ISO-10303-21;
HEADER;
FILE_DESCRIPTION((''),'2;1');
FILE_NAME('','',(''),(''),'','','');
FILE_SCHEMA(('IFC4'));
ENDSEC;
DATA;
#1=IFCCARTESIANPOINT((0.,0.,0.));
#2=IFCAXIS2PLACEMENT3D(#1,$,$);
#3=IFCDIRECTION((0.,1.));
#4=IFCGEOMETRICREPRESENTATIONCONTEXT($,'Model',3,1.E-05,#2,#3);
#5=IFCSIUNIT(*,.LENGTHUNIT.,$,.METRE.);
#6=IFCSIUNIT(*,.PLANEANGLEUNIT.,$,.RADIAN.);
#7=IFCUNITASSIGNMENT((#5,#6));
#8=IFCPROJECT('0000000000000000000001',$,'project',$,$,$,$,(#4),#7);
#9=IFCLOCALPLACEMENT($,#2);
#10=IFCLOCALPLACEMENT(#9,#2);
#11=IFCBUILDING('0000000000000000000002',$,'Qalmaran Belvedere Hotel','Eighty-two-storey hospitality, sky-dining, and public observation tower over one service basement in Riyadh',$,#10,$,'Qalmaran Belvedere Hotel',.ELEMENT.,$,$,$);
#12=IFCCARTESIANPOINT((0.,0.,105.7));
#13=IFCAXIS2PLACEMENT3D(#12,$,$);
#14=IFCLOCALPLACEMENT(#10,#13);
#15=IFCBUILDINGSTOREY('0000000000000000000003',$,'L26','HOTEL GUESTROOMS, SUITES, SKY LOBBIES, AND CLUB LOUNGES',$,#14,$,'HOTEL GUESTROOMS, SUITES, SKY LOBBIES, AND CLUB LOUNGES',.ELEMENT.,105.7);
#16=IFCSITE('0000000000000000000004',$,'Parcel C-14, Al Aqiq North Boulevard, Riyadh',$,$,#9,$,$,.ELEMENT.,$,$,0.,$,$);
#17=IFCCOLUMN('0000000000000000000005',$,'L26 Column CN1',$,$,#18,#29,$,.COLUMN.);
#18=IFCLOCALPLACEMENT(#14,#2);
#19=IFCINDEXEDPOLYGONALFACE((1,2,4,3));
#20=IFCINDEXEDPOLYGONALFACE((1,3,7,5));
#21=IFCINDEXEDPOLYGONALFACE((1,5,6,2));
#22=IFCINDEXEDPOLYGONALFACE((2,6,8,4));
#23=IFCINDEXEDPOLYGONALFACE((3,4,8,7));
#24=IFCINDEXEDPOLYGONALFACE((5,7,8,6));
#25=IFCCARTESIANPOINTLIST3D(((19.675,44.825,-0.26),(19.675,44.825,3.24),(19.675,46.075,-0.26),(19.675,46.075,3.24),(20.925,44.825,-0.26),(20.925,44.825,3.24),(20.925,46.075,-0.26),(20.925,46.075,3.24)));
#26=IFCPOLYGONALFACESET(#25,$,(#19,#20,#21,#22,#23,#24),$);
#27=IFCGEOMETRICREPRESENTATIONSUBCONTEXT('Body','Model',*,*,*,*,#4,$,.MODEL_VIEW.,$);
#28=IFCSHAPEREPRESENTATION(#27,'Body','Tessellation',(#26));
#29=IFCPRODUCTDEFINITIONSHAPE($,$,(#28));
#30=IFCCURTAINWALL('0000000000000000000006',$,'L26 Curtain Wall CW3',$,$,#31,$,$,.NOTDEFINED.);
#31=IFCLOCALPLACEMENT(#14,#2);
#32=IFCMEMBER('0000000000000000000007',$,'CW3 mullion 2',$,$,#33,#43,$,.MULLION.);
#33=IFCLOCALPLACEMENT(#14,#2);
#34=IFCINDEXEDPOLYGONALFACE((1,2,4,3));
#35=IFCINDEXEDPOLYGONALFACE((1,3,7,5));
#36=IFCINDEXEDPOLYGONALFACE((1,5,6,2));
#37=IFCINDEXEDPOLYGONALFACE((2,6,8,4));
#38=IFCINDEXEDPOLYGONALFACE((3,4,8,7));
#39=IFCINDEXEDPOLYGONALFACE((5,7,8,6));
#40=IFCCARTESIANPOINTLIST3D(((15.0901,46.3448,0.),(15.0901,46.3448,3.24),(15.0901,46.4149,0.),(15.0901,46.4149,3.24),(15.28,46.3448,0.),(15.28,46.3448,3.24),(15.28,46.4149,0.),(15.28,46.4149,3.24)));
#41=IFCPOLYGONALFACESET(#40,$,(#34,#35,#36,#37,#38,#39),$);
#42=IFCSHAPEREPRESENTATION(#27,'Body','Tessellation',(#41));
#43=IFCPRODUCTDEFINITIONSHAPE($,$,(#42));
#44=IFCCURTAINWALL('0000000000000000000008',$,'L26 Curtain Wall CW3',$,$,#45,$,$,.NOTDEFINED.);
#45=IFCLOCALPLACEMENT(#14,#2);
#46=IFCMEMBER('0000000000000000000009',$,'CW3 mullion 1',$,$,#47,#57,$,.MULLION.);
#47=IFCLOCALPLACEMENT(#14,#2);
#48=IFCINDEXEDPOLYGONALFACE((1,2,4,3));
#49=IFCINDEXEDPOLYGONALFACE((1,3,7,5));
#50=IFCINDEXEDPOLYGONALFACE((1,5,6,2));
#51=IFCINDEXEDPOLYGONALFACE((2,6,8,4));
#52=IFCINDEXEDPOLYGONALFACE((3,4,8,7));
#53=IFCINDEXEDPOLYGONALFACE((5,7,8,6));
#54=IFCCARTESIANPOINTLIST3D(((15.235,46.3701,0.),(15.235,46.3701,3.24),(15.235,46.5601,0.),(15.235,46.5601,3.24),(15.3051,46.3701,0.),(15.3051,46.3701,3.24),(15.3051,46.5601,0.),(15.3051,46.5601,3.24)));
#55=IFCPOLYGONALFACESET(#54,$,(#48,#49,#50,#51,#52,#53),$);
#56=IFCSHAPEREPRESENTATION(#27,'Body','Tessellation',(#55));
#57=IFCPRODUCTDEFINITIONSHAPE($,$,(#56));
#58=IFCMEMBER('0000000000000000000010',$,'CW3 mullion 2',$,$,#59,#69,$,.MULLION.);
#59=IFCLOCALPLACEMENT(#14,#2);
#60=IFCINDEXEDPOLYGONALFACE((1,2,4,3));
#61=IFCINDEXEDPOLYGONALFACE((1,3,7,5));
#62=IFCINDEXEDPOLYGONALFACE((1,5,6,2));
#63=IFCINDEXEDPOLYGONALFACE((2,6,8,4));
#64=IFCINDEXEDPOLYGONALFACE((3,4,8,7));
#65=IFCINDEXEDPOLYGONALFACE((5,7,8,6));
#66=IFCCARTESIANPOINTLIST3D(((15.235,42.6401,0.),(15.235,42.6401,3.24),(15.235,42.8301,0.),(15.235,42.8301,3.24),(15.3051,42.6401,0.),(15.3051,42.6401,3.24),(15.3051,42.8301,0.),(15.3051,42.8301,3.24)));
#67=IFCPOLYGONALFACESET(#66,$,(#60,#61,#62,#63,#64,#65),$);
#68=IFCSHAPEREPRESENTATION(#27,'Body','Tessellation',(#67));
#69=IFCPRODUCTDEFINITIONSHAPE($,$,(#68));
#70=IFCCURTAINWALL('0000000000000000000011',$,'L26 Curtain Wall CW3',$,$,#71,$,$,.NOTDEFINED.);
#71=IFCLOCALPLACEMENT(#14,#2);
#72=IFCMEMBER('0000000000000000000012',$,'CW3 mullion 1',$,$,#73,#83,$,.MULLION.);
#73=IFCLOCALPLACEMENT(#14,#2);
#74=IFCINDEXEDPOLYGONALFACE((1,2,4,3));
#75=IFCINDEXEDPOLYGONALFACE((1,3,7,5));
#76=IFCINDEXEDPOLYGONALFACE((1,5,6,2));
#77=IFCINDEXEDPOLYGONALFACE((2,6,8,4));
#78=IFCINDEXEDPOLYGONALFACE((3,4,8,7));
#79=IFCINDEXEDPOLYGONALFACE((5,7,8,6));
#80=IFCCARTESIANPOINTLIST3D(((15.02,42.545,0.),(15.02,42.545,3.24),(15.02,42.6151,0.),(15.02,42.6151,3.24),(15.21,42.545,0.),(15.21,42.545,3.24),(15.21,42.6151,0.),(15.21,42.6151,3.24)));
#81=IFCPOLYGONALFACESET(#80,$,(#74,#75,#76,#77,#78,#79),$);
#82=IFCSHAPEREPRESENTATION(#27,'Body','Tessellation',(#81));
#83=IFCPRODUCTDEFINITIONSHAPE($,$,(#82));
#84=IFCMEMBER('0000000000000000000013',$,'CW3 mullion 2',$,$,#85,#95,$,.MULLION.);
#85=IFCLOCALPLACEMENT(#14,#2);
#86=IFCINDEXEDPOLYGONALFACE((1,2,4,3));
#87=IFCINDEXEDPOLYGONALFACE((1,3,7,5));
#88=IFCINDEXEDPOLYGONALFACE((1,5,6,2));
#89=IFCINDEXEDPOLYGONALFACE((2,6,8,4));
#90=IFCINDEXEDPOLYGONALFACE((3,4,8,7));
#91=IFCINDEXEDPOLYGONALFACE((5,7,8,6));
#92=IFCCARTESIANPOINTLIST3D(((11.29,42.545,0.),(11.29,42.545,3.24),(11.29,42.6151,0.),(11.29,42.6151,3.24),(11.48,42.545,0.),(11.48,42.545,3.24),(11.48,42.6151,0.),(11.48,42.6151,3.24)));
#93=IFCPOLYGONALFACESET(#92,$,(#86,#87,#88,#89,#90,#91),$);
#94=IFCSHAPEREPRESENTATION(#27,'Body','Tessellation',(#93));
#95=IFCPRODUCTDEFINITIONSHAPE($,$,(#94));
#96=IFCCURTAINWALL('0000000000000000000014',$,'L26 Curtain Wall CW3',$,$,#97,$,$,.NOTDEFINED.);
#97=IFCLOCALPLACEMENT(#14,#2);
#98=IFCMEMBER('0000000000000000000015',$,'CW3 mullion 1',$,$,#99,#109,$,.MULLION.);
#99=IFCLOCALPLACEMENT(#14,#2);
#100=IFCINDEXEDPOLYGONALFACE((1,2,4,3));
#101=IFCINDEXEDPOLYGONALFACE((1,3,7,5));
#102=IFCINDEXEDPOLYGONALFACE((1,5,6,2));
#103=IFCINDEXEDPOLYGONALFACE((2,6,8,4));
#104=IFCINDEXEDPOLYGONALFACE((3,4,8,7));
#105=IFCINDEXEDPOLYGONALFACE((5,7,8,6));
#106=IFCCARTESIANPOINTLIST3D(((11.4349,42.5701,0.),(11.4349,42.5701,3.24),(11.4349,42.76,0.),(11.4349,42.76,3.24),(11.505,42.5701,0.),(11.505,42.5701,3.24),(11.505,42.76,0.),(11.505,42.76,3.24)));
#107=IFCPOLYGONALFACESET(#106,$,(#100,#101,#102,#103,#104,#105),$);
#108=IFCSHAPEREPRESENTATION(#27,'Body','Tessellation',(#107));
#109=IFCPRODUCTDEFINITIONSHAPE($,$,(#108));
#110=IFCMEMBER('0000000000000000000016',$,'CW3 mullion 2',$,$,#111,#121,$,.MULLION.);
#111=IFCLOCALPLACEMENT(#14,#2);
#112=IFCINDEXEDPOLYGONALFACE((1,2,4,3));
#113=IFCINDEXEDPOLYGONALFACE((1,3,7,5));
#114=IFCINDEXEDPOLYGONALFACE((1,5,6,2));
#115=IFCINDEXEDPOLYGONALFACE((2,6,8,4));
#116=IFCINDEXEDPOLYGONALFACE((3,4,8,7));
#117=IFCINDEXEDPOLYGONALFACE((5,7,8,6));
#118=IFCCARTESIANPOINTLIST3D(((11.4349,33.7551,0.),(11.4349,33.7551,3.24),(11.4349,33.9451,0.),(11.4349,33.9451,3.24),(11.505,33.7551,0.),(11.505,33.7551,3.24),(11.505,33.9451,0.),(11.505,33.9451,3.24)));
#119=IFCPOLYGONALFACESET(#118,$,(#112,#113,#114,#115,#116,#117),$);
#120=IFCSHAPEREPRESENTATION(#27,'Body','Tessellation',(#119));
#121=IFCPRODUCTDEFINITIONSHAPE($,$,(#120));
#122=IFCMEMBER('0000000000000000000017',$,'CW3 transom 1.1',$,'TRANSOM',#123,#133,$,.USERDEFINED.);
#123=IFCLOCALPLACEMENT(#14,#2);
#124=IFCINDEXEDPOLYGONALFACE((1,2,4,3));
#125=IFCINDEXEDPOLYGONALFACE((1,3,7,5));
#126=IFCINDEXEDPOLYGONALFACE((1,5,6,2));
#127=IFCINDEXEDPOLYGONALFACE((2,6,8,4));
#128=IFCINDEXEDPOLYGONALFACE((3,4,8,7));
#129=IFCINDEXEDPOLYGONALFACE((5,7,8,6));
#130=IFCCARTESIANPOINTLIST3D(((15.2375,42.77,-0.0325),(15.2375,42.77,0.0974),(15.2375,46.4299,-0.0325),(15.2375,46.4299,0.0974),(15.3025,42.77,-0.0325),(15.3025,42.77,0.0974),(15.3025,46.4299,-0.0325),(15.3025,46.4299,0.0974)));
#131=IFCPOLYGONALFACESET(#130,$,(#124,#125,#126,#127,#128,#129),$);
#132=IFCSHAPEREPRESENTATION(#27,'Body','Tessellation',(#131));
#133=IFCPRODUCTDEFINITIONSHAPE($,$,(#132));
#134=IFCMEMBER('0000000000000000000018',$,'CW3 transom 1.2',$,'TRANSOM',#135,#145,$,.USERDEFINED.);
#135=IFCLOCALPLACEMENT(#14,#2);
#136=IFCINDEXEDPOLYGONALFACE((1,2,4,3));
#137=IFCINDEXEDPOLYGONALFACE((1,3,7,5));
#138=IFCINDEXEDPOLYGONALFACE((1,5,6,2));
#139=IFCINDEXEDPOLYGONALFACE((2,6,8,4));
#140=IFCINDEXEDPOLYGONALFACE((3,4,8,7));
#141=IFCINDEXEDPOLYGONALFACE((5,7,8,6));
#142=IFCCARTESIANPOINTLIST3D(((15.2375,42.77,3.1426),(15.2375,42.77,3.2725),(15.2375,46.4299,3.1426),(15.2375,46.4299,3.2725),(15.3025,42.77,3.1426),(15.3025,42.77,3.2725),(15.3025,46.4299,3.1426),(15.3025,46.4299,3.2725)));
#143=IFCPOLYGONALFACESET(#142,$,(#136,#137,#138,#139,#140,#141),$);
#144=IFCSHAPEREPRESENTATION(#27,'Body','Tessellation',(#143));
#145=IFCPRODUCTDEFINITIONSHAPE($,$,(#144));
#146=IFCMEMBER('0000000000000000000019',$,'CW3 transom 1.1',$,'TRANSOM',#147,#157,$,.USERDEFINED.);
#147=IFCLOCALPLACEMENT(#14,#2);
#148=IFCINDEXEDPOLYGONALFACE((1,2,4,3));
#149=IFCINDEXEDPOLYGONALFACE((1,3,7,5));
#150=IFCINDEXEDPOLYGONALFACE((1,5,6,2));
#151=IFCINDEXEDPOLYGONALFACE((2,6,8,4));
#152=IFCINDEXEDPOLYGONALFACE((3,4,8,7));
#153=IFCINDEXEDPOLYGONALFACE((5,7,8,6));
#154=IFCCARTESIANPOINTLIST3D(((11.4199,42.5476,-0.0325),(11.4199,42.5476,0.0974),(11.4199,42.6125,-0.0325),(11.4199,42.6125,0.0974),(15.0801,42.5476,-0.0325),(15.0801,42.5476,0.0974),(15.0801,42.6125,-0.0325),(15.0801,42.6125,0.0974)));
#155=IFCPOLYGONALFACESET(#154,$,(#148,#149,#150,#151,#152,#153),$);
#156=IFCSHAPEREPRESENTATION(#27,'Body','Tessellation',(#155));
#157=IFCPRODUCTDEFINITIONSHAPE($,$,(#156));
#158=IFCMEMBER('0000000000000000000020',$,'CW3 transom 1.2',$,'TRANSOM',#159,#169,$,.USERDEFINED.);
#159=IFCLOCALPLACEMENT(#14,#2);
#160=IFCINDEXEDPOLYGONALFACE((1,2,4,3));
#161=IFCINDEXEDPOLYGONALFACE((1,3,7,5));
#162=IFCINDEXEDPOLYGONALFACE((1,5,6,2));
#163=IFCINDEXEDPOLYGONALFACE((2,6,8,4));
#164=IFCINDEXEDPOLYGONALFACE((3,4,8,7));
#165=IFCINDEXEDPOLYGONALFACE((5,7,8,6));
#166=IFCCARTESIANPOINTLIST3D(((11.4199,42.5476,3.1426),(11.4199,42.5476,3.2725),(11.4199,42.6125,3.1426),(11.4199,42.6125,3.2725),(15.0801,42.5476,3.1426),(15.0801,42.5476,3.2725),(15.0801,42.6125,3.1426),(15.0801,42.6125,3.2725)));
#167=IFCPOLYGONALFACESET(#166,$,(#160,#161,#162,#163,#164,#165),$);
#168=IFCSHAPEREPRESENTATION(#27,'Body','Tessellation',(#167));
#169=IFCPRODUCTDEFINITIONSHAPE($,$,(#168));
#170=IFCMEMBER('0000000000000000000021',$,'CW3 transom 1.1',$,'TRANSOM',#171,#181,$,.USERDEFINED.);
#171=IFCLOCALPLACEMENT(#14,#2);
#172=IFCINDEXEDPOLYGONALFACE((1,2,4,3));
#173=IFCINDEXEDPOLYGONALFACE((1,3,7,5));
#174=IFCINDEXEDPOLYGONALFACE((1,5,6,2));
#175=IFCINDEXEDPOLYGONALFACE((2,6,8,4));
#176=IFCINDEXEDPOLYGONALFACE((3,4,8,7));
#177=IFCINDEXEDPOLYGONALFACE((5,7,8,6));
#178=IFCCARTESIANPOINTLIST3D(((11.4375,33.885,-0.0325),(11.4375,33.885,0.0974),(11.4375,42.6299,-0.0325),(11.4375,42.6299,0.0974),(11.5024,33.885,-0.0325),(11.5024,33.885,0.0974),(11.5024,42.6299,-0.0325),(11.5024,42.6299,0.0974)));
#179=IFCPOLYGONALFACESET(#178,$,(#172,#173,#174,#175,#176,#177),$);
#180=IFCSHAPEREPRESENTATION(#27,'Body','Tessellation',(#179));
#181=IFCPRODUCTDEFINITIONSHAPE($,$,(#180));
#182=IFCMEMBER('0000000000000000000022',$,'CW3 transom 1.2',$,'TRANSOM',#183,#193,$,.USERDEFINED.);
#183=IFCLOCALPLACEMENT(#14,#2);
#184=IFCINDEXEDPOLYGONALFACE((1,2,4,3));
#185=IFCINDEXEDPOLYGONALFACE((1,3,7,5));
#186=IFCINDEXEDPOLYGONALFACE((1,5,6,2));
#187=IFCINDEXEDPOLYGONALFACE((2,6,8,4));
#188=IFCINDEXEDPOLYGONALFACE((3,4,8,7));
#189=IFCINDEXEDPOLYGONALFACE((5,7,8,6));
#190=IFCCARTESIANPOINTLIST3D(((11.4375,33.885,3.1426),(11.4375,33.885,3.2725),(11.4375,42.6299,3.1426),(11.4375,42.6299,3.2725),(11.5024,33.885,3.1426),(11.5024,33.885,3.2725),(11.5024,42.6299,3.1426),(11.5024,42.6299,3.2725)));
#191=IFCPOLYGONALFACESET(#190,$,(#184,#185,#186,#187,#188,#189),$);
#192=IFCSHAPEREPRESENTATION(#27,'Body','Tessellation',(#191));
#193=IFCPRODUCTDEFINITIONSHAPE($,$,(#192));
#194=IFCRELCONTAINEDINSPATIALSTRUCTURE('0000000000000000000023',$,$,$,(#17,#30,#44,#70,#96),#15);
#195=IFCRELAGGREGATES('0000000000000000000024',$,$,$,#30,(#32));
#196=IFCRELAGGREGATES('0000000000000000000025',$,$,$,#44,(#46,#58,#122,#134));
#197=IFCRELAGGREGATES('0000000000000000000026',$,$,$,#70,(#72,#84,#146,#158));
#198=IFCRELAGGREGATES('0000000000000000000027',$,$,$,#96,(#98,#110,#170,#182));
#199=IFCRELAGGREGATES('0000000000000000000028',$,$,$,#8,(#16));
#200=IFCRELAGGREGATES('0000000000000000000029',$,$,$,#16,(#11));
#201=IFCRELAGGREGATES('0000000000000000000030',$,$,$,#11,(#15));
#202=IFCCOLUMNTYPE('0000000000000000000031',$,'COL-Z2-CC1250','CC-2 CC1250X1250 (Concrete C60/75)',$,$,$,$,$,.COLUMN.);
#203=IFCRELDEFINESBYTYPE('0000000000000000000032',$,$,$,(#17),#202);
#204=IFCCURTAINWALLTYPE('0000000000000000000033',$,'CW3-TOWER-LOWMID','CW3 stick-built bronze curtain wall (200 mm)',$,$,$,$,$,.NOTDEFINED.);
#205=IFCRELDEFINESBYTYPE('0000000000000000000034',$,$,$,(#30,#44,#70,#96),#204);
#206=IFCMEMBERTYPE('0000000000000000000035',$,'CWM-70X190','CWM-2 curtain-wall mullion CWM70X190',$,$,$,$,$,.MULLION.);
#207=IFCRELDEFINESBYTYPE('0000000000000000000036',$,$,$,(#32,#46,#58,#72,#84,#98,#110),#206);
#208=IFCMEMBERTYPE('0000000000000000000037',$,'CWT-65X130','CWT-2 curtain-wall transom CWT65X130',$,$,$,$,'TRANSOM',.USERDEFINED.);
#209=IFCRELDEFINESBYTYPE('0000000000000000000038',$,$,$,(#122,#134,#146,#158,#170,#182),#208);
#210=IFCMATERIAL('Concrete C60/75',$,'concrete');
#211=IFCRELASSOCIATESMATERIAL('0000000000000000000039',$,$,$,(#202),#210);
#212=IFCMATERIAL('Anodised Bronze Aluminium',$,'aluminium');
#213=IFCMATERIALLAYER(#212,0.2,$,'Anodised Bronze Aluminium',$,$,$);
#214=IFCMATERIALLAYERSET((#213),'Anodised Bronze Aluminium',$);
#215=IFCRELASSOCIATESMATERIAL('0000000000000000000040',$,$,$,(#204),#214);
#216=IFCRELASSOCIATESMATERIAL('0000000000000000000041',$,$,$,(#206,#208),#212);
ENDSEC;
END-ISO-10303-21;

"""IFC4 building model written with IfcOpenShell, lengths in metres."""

from ifc_helpers import new_model, si_unit, direction, frame, origin, origin_2d, place, context, subcontext, project, spatial, rectangle, extrude, material, layer, layer_set, material_profile, profile_set, type_object, element, aggregate, save


model = new_model("IFC4")

# Units and contexts
model_context = context("Model", 3, precision=1e-05, world=origin(), true_north=direction((0.0, 1.0)))
body_context = subcontext(model_context, "Body", "Model", "MODEL_VIEW")
ifc_project = project(units=[si_unit("LENGTHUNIT", "METRE"), si_unit("PLANEANGLEUNIT", "RADIAN")], contexts=[model_context])

# Site, building, storey
site_placement = place(None, origin())
site = spatial("IfcSite", under=ifc_project, at=site_placement, Name="Parcel C-14, Al Aqiq North Boulevard, Riyadh", CompositionType="ELEMENT", RefElevation=0.0)
building_placement = place(site_placement, origin())
building = spatial("IfcBuilding", under=site, at=building_placement, Name="Qalmaran Belvedere Hotel", Description="Eighty-two-storey hospitality, sky-dining, and public observation tower over one service basement in Riyadh", LongName="Qalmaran Belvedere Hotel", CompositionType="ELEMENT")
storey_placement = place(building_placement, frame((0.0, 0.0, 105.7)))
storey = spatial("IfcBuildingStorey", under=building, at=storey_placement, Name="L26", Description="HOTEL GUESTROOMS, SUITES, SKY LOBBIES, AND CLUB LOUNGES", LongName="HOTEL GUESTROOMS, SUITES, SKY LOBBIES, AND CLUB LOUNGES", CompositionType="ELEMENT", Elevation=105.7)

# Column
ifc_material_1 = material(Name="Concrete C60/75", Category="concrete")
ifc_material_profile_1 = material_profile(ifc_material_1, rectangle(XDim=1.25, YDim=1.25, at=origin_2d()), Name="CC1250X1250")
ifc_profile_set_1 = profile_set([ifc_material_profile_1], Name="Concrete C60/75")
column_type = type_object("IfcColumnType", Name="COL-Z2-CC1250", Description="CC-2 CC1250X1250 (Concrete C60/75)", PredefinedType="COLUMN", material=ifc_profile_set_1)
column_placement = place(storey_placement, frame((20.3, 45.45, -0.26), z_axis=(0.0, 0.0, 1.0), x_axis=(1.0, 0.0, 0.0)))
element("IfcColumn", 1, at=column_placement, inside=storey, type_object=column_type, Name="L26 Column CN1", PredefinedType="COLUMN", context=body_context, shape_type="SweptSolid", body=[
    extrude(rectangle(XDim=1.25, YDim=1.25, at=origin_2d()), origin(), (0.0, 0.0, 1.0), 3.5),
])

# Curtain wall, member
ifc_material_2 = material(Name="Anodised Bronze Aluminium", Category="aluminium")
ifc_layer_1 = layer(ifc_material_2, 0.2, Name="Anodised Bronze Aluminium")
ifc_layer_set_1 = layer_set([ifc_layer_1], Name="Anodised Bronze Aluminium")
curtain_wall_type = type_object("IfcCurtainWallType", Name="CW3-TOWER-LOWMID", Description="CW3 stick-built bronze curtain wall (200 mm)", PredefinedType="NOTDEFINED", material=ifc_layer_set_1)
curtain_wall_1_placement = place(storey_placement, origin())
curtain_wall_1 = element("IfcCurtainWall", 2, at=curtain_wall_1_placement, inside=storey, type_object=curtain_wall_type, Name="L26 Curtain Wall CW3", PredefinedType="NOTDEFINED")
ifc_material_profile_2 = material_profile(ifc_material_2, rectangle(XDim=0.0701, YDim=0.1899, at=origin_2d()), Name="CWM70X190")
ifc_profile_set_2 = profile_set([ifc_material_profile_2], Name="Anodised Bronze Aluminium")
member_type_1 = type_object("IfcMemberType", Name="CWM-70X190", Description="CWM-2 curtain-wall mullion CWM70X190", PredefinedType="MULLION", material=ifc_profile_set_2)
member_1_placement = place(storey_placement, frame((15.1851, 46.3799, 0.0), z_axis=(0.0, 0.0, 1.0), x_axis=(0.0, -1.0, 0.0)))
member_1 = element("IfcMember", 3, at=member_1_placement, type_object=member_type_1, Name="CW3 mullion 2", PredefinedType="MULLION", context=body_context, shape_type="SweptSolid", body=[
    extrude(rectangle(XDim=0.0701, YDim=0.1899, at=origin_2d()), origin(), (0.0, 0.0, 1.0), 3.24),
])

# Curtain walls, members
curtain_wall_2_placement = place(storey_placement, origin())
curtain_wall_2 = element("IfcCurtainWall", 4, at=curtain_wall_2_placement, inside=storey, type_object=curtain_wall_type, Name="L26 Curtain Wall CW3", PredefinedType="NOTDEFINED")
member_2_placement = place(storey_placement, frame((15.27, 46.4651, 0.0), z_axis=(0.0, 0.0, 1.0), x_axis=(1.0, 0.0, 0.0)))
member_2 = element("IfcMember", 5, at=member_2_placement, type_object=member_type_1, Name="CW3 mullion 1", PredefinedType="MULLION", context=body_context, shape_type="SweptSolid", body=[
    extrude(rectangle(XDim=0.0701, YDim=0.1899, at=origin_2d()), origin(), (0.0, 0.0, 1.0), 3.24),
])
member_3_placement = place(storey_placement, frame((15.27, 42.7351, 0.0), z_axis=(0.0, 0.0, 1.0), x_axis=(1.0, 0.0, 0.0)))
member_3 = element("IfcMember", 6, at=member_3_placement, type_object=member_type_1, Name="CW3 mullion 2", PredefinedType="MULLION", context=body_context, shape_type="SweptSolid", body=[
    extrude(rectangle(XDim=0.0701, YDim=0.1899, at=origin_2d()), origin(), (0.0, 0.0, 1.0), 3.24),
])
curtain_wall_3_placement = place(storey_placement, origin())
curtain_wall_3 = element("IfcCurtainWall", 7, at=curtain_wall_3_placement, inside=storey, type_object=curtain_wall_type, Name="L26 Curtain Wall CW3", PredefinedType="NOTDEFINED")
member_4_placement = place(storey_placement, frame((15.115, 42.5801, 0.0), z_axis=(0.0, 0.0, 1.0), x_axis=(0.0, -1.0, 0.0)))
member_4 = element("IfcMember", 8, at=member_4_placement, type_object=member_type_1, Name="CW3 mullion 1", PredefinedType="MULLION", context=body_context, shape_type="SweptSolid", body=[
    extrude(rectangle(XDim=0.0701, YDim=0.1899, at=origin_2d()), origin(), (0.0, 0.0, 1.0), 3.24),
])
member_5_placement = place(storey_placement, frame((11.385, 42.5801, 0.0), z_axis=(0.0, 0.0, 1.0), x_axis=(0.0, -1.0, 0.0)))
member_5 = element("IfcMember", 9, at=member_5_placement, type_object=member_type_1, Name="CW3 mullion 2", PredefinedType="MULLION", context=body_context, shape_type="SweptSolid", body=[
    extrude(rectangle(XDim=0.0701, YDim=0.1899, at=origin_2d()), origin(), (0.0, 0.0, 1.0), 3.24),
])
curtain_wall_4_placement = place(storey_placement, origin())
curtain_wall_4 = element("IfcCurtainWall", 10, at=curtain_wall_4_placement, inside=storey, type_object=curtain_wall_type, Name="L26 Curtain Wall CW3", PredefinedType="NOTDEFINED")
member_6_placement = place(storey_placement, frame((11.47, 42.665, 0.0), z_axis=(0.0, 0.0, 1.0), x_axis=(1.0, 0.0, 0.0)))
member_6 = element("IfcMember", 11, at=member_6_placement, type_object=member_type_1, Name="CW3 mullion 1", PredefinedType="MULLION", context=body_context, shape_type="SweptSolid", body=[
    extrude(rectangle(XDim=0.0701, YDim=0.1899, at=origin_2d()), origin(), (0.0, 0.0, 1.0), 3.24),
])
member_7_placement = place(storey_placement, frame((11.47, 33.8501, 0.0), z_axis=(0.0, 0.0, 1.0), x_axis=(1.0, 0.0, 0.0)))
member_7 = element("IfcMember", 12, at=member_7_placement, type_object=member_type_1, Name="CW3 mullion 2", PredefinedType="MULLION", context=body_context, shape_type="SweptSolid", body=[
    extrude(rectangle(XDim=0.0701, YDim=0.1899, at=origin_2d()), origin(), (0.0, 0.0, 1.0), 3.24),
])

# Members
ifc_material_profile_3 = material_profile(ifc_material_2, rectangle(XDim=0.0649, YDim=0.1299, at=origin_2d()), Name="CWT65X130")
ifc_profile_set_3 = profile_set([ifc_material_profile_3], Name="Anodised Bronze Aluminium")
member_type_2 = type_object("IfcMemberType", Name="CWT-65X130", Description="CWT-2 curtain-wall transom CWT65X130", ElementType="TRANSOM", PredefinedType="USERDEFINED", material=ifc_profile_set_3)
member_8_placement = place(storey_placement, frame((15.27, 46.4299, 0.0325), z_axis=(0.0, -1.0, 0.0), x_axis=(1.0, 0.0, 0.0)))
member_8 = element("IfcMember", 13, at=member_8_placement, type_object=member_type_2, Name="CW3 transom 1.1", ObjectType="TRANSOM", PredefinedType="USERDEFINED", context=body_context, shape_type="SweptSolid", body=[
    extrude(rectangle(XDim=0.0649, YDim=0.1299, at=origin_2d()), origin(), (0.0, 0.0, 1.0), 3.6599),
])
member_9_placement = place(storey_placement, frame((15.27, 46.4299, 3.2075), z_axis=(0.0, -1.0, 0.0), x_axis=(1.0, 0.0, 0.0)))
member_9 = element("IfcMember", 14, at=member_9_placement, type_object=member_type_2, Name="CW3 transom 1.2", ObjectType="TRANSOM", PredefinedType="USERDEFINED", context=body_context, shape_type="SweptSolid", body=[
    extrude(rectangle(XDim=0.0649, YDim=0.1299, at=origin_2d()), origin(), (0.0, 0.0, 1.0), 3.6599),
])
member_10_placement = place(storey_placement, frame((15.0801, 42.5801, 0.0325), z_axis=(-1.0, 0.0, 0.0), x_axis=(0.0, -1.0, 0.0)))
member_10 = element("IfcMember", 15, at=member_10_placement, type_object=member_type_2, Name="CW3 transom 1.1", ObjectType="TRANSOM", PredefinedType="USERDEFINED", context=body_context, shape_type="SweptSolid", body=[
    extrude(rectangle(XDim=0.0649, YDim=0.1299, at=origin_2d()), origin(), (0.0, 0.0, 1.0), 3.6602),
])
member_11_placement = place(storey_placement, frame((15.0801, 42.5801, 3.2075), z_axis=(-1.0, 0.0, 0.0), x_axis=(0.0, -1.0, 0.0)))
member_11 = element("IfcMember", 16, at=member_11_placement, type_object=member_type_2, Name="CW3 transom 1.2", ObjectType="TRANSOM", PredefinedType="USERDEFINED", context=body_context, shape_type="SweptSolid", body=[
    extrude(rectangle(XDim=0.0649, YDim=0.1299, at=origin_2d()), origin(), (0.0, 0.0, 1.0), 3.6602),
])
member_12_placement = place(storey_placement, frame((11.47, 42.6299, 0.0325), z_axis=(0.0, -1.0, 0.0), x_axis=(1.0, 0.0, 0.0)))
member_12 = element("IfcMember", 17, at=member_12_placement, type_object=member_type_2, Name="CW3 transom 1.1", ObjectType="TRANSOM", PredefinedType="USERDEFINED", context=body_context, shape_type="SweptSolid", body=[
    extrude(rectangle(XDim=0.0649, YDim=0.1299, at=origin_2d()), origin(), (0.0, 0.0, 1.0), 8.7449),
])
member_13_placement = place(storey_placement, frame((11.47, 42.6299, 3.2075), z_axis=(0.0, -1.0, 0.0), x_axis=(1.0, 0.0, 0.0)))
member_13 = element("IfcMember", 18, at=member_13_placement, type_object=member_type_2, Name="CW3 transom 1.2", ObjectType="TRANSOM", PredefinedType="USERDEFINED", context=body_context, shape_type="SweptSolid", body=[
    extrude(rectangle(XDim=0.0649, YDim=0.1299, at=origin_2d()), origin(), (0.0, 0.0, 1.0), 8.7449),
])

aggregate(curtain_wall_1, [member_1])
aggregate(curtain_wall_2, [member_2, member_3, member_8, member_9])
aggregate(curtain_wall_3, [member_4, member_5, member_10, member_11])
aggregate(curtain_wall_4, [member_6, member_7, member_12, member_13])

save(model, "model.ifc")
